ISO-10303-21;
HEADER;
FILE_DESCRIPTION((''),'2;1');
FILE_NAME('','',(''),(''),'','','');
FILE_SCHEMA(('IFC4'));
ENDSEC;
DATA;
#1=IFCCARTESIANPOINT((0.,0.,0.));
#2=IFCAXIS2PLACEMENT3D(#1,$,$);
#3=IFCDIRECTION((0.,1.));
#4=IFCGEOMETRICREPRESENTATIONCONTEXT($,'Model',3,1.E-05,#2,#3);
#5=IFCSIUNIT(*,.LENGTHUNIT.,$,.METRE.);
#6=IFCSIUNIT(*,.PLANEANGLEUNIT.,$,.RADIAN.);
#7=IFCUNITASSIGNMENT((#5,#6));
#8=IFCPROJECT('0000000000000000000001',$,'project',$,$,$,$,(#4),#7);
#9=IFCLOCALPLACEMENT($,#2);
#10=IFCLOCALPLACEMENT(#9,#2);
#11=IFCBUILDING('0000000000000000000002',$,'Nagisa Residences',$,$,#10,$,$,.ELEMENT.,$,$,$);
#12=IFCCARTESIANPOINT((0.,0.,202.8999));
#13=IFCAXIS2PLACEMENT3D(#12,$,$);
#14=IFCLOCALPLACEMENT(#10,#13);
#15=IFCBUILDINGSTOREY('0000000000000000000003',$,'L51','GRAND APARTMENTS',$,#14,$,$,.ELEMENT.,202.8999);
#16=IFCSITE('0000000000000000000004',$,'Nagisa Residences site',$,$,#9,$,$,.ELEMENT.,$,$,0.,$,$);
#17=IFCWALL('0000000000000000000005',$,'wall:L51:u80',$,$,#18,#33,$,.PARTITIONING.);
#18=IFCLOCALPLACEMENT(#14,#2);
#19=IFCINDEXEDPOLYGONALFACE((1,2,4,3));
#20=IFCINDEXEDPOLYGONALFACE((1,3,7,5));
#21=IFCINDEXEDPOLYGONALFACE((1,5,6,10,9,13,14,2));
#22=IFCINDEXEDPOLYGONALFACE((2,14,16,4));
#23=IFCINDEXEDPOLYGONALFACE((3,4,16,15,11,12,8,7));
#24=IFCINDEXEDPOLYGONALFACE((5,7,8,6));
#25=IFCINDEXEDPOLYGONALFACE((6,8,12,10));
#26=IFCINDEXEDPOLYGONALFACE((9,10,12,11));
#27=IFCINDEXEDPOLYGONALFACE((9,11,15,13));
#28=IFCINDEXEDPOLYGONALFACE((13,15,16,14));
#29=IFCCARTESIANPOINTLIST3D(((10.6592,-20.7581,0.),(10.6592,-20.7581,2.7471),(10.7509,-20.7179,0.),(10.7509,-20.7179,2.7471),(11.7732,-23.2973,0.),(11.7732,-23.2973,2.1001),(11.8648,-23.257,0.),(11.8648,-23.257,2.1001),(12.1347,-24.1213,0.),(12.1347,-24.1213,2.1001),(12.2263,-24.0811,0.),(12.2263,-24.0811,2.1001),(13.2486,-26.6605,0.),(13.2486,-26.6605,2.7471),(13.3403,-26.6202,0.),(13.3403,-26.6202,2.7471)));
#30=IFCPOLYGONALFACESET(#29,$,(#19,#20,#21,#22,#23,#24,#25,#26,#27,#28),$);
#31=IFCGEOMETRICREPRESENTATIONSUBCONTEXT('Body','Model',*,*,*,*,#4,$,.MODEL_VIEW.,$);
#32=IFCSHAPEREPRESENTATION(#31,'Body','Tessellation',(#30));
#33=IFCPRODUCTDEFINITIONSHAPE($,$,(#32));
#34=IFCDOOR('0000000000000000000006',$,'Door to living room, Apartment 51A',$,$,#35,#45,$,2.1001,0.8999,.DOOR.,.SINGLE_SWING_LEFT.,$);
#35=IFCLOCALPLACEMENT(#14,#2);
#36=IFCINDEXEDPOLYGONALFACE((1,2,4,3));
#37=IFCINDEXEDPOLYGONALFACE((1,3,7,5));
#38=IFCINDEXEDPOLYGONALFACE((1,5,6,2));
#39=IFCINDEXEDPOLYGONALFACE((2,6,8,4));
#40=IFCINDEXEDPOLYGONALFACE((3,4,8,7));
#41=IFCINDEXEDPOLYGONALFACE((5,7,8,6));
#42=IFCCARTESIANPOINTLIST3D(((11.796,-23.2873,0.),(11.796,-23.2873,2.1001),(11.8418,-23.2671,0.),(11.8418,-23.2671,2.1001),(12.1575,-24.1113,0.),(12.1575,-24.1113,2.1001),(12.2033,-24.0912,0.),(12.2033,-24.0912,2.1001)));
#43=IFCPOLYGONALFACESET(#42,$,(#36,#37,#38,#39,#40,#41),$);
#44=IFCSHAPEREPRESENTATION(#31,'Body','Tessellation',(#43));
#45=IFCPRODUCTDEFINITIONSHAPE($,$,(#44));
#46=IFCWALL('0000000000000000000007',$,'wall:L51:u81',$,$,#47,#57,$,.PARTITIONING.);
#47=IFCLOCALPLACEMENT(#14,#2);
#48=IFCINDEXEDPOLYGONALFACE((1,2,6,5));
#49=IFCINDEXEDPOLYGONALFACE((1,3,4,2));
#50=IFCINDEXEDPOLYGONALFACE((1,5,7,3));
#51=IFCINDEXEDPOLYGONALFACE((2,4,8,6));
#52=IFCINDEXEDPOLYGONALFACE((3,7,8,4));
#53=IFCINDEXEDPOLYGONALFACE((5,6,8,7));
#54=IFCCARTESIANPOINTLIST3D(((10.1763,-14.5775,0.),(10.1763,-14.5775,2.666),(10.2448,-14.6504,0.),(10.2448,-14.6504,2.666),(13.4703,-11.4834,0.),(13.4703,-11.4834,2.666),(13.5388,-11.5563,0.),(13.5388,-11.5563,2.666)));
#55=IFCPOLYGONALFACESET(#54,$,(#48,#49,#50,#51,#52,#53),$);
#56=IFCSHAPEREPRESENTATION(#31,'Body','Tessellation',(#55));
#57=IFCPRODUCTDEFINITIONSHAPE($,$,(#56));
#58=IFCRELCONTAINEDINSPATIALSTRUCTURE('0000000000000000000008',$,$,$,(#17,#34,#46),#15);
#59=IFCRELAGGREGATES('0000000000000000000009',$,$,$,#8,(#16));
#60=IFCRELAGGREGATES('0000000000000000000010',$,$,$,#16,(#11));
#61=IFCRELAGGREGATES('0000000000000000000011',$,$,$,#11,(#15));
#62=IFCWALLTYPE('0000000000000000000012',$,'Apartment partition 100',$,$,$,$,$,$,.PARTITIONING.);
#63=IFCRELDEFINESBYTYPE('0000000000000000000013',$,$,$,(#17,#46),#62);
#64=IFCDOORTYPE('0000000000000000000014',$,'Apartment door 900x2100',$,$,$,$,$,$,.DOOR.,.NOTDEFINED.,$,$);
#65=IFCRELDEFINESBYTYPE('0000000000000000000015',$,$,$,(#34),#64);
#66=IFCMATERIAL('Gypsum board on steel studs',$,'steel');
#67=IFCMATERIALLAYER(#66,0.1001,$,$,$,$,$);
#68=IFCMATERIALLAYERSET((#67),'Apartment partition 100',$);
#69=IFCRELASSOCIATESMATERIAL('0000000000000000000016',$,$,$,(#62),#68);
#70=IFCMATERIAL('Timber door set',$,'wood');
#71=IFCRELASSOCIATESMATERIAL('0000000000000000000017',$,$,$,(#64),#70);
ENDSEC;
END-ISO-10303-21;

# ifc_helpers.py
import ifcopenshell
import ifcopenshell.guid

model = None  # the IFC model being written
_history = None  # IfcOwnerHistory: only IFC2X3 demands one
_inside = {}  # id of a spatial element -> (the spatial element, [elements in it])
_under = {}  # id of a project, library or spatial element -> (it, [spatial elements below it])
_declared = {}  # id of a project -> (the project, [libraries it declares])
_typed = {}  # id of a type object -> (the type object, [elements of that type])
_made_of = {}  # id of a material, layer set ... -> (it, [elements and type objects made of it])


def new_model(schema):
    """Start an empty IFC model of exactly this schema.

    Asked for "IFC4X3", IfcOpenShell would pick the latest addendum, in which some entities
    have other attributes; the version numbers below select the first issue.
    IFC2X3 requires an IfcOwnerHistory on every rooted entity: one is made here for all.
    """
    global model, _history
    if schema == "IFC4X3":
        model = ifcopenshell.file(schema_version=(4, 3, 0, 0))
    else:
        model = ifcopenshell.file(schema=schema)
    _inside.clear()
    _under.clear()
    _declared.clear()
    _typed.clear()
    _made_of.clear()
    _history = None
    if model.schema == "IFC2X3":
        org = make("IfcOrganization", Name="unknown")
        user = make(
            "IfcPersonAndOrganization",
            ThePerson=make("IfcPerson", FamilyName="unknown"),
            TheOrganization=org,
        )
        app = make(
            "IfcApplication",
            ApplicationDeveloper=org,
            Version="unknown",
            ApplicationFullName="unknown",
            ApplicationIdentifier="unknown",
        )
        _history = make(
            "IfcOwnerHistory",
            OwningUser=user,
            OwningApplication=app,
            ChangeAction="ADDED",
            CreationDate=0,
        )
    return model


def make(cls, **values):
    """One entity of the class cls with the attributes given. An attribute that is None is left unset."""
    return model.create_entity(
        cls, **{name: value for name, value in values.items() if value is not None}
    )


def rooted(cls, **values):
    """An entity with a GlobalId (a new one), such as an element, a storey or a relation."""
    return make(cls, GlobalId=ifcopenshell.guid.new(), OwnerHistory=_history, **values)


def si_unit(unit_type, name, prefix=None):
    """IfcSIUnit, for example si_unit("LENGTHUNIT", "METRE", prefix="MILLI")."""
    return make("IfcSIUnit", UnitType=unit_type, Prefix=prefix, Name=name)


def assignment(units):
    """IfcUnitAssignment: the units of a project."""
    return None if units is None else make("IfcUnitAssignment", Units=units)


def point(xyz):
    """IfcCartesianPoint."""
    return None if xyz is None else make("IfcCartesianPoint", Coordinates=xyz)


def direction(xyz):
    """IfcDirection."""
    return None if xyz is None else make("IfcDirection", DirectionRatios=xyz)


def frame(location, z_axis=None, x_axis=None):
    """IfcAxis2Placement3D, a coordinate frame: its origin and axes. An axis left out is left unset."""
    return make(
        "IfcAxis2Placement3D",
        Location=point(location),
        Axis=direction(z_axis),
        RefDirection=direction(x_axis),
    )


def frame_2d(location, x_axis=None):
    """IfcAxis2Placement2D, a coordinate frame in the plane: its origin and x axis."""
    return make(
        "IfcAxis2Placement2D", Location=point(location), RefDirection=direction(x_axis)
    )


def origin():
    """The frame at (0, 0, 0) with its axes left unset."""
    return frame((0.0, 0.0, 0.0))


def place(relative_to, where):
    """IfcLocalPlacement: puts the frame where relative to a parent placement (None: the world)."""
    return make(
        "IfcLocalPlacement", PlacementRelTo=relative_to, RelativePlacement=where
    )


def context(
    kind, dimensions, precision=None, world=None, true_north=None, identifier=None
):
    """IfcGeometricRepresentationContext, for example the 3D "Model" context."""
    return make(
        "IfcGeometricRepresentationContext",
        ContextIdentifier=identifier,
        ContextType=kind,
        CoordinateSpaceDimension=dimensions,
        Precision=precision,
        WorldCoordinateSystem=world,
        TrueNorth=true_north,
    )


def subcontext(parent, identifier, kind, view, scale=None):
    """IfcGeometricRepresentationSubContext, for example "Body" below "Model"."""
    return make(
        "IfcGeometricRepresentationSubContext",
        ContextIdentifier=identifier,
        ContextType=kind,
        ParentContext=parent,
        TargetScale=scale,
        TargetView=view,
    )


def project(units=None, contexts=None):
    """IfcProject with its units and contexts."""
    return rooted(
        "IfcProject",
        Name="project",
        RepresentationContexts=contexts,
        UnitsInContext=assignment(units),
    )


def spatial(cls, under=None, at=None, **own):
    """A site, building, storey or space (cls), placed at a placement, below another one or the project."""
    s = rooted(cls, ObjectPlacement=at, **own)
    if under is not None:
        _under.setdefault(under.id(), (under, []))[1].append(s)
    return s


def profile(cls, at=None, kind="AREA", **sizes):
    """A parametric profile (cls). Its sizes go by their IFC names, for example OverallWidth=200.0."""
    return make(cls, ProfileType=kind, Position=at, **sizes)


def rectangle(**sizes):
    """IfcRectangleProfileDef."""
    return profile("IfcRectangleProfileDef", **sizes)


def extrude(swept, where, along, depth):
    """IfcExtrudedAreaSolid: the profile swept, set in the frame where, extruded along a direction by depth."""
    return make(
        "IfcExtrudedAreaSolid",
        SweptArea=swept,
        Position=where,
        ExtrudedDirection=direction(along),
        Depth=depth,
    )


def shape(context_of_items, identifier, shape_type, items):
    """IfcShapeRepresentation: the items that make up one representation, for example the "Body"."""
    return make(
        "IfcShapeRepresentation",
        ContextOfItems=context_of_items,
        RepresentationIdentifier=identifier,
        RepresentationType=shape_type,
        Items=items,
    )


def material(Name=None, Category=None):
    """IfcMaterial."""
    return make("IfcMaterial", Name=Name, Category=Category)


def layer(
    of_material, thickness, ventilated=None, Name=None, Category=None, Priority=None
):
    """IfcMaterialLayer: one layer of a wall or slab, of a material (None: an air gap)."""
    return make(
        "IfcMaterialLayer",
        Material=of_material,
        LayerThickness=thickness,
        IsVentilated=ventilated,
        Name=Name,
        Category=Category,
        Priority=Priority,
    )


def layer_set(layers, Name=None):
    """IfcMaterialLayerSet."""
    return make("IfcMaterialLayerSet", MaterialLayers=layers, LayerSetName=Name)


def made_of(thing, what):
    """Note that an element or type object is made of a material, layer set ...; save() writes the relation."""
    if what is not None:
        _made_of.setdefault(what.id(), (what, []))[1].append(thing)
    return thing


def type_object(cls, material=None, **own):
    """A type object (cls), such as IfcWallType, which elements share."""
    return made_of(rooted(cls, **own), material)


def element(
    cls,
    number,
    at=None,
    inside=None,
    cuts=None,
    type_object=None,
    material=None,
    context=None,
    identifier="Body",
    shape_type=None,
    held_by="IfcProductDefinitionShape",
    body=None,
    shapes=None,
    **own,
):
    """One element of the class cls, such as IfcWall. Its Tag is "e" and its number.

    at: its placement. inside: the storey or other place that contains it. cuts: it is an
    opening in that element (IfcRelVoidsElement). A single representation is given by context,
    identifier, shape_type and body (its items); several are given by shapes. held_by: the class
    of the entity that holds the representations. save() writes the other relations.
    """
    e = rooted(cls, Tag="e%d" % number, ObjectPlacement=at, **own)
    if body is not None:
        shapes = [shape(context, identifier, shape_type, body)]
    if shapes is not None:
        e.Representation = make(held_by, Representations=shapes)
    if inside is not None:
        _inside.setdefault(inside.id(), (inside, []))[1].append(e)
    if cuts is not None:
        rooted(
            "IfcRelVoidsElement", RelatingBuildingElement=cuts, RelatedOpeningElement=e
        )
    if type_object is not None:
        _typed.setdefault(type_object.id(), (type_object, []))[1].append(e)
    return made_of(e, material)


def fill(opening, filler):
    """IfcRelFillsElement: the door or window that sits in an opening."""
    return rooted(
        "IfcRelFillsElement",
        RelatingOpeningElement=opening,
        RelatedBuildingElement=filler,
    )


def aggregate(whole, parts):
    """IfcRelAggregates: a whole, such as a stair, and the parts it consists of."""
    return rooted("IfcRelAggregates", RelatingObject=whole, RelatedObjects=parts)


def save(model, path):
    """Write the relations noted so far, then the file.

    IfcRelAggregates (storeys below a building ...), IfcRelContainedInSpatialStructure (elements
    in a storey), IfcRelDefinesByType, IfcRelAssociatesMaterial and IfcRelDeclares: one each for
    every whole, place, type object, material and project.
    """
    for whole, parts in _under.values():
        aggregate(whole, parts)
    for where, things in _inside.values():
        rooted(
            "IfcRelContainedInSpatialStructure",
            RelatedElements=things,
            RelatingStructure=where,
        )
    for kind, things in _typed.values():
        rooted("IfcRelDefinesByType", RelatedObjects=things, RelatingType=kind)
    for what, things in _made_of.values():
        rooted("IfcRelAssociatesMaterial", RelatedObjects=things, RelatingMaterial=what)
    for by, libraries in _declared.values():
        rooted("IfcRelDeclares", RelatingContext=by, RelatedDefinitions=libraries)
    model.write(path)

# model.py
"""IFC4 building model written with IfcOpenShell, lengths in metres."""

from ifc_helpers import new_model, si_unit, direction, frame, frame_2d, origin, place, context, subcontext, project, spatial, rectangle, extrude, material, layer, layer_set, type_object, element, fill, save


model = new_model("IFC4")

# Units and contexts
model_context = context("Model", 3, precision=1e-05, world=origin(), true_north=direction((0.0, 1.0)))
body_context = subcontext(model_context, "Body", "Model", "MODEL_VIEW")
ifc_project = project(units=[si_unit("LENGTHUNIT", "METRE"), si_unit("PLANEANGLEUNIT", "RADIAN")], contexts=[model_context])

# Site, building, storey
site_placement = place(None, origin())
site = spatial("IfcSite", under=ifc_project, at=site_placement, Name="Nagisa Residences site", CompositionType="ELEMENT", RefElevation=0.0)
building_placement = place(site_placement, origin())
building = spatial("IfcBuilding", under=site, at=building_placement, Name="Nagisa Residences", CompositionType="ELEMENT")
storey_placement = place(building_placement, frame((0.0, 0.0, 202.8999)))
storey = spatial("IfcBuildingStorey", under=building, at=storey_placement, Name="L51", Description="GRAND APARTMENTS", CompositionType="ELEMENT", Elevation=202.8999)

# Shared definitions
ifc_material_1 = material(Name="Gypsum board on steel studs", Category="steel")
ifc_layer_1 = layer(ifc_material_1, 0.1001)
ifc_layer_set_1 = layer_set([ifc_layer_1], Name="Apartment partition 100")
wall_type_1 = type_object("IfcWallType", Name="Apartment partition 100", PredefinedType="PARTITIONING", material=ifc_layer_set_1)

# Shared definitions
ifc_material_2 = material(Name="Timber door set", Category="wood")
door_type_1 = type_object("IfcDoorType", Name="Apartment door 900x2100", OperationType="NOTDEFINED", PredefinedType="DOOR", material=ifc_material_2)

# Wall, opening, door
wall_1_placement = place(storey_placement, frame((10.7051, -20.738, 0.0), z_axis=(0.0, 0.0, 1.0), x_axis=(0.401741, -0.915753, 0.0)))
wall_1 = element("IfcWall", 1, at=wall_1_placement, inside=storey, type_object=wall_type_1, Name="wall:L51:u80", PredefinedType="PARTITIONING", context=body_context, shape_type="SweptSolid", body=[
    extrude(rectangle(XDim=6.4453, YDim=0.1001, at=frame_2d((3.2227, 0.0))), origin(), (0.0, 0.0, 1.0), 2.7471),
])
opening_1_placement = place(wall_1_placement, frame((2.7727, 0.0, 0.0)))
opening_1 = element("IfcOpeningElement", 2, at=opening_1_placement, cuts=wall_1, PredefinedType="OPENING", context=body_context, shape_type="SweptSolid", body=[
    extrude(rectangle(XDim=0.8999, YDim=2.1001, at=frame_2d((0.45, 1.05))), frame((0.0, 0.0601, 0.0), z_axis=(0.0, -1.0, 0.0), x_axis=(1.0, 0.0, 0.0)), (0.0, 0.0, 1.0), 0.1201),
])
door_1_placement = place(opening_1_placement, origin())
door_1 = element("IfcDoor", 3, at=door_1_placement, inside=storey, type_object=door_type_1, Name="Door to living room, Apartment 51A", OperationType="SINGLE_SWING_LEFT", OverallHeight=2.1001, OverallWidth=0.8999, PredefinedType="DOOR", context=body_context, shape_type="SweptSolid", body=[
    extrude(rectangle(XDim=0.8999, YDim=2.1001, at=frame_2d((0.45, 1.05))), frame((0.0, 0.0249, 0.0), z_axis=(0.0, -1.0, 0.0), x_axis=(1.0, 0.0, 0.0)), (0.0, 0.0, 1.0), 0.05),
])
fill(opening_1, door_1)

# Wall
wall_2_placement = place(storey_placement, frame((10.2104, -14.614, 0.0), z_axis=(0.0, 0.0, 1.0), x_axis=(0.728883, 0.684638, 0.0)))
element("IfcWall", 4, at=wall_2_placement, inside=storey, type_object=wall_type_1, Name="wall:L51:u81", PredefinedType="PARTITIONING", context=body_context, shape_type="SweptSolid", body=[
    extrude(rectangle(XDim=4.5193, YDim=0.1001, at=frame_2d((2.2598, 0.0))), origin(), (0.0, 0.0, 1.0), 2.666),
])

save(model, "model.ifc")
